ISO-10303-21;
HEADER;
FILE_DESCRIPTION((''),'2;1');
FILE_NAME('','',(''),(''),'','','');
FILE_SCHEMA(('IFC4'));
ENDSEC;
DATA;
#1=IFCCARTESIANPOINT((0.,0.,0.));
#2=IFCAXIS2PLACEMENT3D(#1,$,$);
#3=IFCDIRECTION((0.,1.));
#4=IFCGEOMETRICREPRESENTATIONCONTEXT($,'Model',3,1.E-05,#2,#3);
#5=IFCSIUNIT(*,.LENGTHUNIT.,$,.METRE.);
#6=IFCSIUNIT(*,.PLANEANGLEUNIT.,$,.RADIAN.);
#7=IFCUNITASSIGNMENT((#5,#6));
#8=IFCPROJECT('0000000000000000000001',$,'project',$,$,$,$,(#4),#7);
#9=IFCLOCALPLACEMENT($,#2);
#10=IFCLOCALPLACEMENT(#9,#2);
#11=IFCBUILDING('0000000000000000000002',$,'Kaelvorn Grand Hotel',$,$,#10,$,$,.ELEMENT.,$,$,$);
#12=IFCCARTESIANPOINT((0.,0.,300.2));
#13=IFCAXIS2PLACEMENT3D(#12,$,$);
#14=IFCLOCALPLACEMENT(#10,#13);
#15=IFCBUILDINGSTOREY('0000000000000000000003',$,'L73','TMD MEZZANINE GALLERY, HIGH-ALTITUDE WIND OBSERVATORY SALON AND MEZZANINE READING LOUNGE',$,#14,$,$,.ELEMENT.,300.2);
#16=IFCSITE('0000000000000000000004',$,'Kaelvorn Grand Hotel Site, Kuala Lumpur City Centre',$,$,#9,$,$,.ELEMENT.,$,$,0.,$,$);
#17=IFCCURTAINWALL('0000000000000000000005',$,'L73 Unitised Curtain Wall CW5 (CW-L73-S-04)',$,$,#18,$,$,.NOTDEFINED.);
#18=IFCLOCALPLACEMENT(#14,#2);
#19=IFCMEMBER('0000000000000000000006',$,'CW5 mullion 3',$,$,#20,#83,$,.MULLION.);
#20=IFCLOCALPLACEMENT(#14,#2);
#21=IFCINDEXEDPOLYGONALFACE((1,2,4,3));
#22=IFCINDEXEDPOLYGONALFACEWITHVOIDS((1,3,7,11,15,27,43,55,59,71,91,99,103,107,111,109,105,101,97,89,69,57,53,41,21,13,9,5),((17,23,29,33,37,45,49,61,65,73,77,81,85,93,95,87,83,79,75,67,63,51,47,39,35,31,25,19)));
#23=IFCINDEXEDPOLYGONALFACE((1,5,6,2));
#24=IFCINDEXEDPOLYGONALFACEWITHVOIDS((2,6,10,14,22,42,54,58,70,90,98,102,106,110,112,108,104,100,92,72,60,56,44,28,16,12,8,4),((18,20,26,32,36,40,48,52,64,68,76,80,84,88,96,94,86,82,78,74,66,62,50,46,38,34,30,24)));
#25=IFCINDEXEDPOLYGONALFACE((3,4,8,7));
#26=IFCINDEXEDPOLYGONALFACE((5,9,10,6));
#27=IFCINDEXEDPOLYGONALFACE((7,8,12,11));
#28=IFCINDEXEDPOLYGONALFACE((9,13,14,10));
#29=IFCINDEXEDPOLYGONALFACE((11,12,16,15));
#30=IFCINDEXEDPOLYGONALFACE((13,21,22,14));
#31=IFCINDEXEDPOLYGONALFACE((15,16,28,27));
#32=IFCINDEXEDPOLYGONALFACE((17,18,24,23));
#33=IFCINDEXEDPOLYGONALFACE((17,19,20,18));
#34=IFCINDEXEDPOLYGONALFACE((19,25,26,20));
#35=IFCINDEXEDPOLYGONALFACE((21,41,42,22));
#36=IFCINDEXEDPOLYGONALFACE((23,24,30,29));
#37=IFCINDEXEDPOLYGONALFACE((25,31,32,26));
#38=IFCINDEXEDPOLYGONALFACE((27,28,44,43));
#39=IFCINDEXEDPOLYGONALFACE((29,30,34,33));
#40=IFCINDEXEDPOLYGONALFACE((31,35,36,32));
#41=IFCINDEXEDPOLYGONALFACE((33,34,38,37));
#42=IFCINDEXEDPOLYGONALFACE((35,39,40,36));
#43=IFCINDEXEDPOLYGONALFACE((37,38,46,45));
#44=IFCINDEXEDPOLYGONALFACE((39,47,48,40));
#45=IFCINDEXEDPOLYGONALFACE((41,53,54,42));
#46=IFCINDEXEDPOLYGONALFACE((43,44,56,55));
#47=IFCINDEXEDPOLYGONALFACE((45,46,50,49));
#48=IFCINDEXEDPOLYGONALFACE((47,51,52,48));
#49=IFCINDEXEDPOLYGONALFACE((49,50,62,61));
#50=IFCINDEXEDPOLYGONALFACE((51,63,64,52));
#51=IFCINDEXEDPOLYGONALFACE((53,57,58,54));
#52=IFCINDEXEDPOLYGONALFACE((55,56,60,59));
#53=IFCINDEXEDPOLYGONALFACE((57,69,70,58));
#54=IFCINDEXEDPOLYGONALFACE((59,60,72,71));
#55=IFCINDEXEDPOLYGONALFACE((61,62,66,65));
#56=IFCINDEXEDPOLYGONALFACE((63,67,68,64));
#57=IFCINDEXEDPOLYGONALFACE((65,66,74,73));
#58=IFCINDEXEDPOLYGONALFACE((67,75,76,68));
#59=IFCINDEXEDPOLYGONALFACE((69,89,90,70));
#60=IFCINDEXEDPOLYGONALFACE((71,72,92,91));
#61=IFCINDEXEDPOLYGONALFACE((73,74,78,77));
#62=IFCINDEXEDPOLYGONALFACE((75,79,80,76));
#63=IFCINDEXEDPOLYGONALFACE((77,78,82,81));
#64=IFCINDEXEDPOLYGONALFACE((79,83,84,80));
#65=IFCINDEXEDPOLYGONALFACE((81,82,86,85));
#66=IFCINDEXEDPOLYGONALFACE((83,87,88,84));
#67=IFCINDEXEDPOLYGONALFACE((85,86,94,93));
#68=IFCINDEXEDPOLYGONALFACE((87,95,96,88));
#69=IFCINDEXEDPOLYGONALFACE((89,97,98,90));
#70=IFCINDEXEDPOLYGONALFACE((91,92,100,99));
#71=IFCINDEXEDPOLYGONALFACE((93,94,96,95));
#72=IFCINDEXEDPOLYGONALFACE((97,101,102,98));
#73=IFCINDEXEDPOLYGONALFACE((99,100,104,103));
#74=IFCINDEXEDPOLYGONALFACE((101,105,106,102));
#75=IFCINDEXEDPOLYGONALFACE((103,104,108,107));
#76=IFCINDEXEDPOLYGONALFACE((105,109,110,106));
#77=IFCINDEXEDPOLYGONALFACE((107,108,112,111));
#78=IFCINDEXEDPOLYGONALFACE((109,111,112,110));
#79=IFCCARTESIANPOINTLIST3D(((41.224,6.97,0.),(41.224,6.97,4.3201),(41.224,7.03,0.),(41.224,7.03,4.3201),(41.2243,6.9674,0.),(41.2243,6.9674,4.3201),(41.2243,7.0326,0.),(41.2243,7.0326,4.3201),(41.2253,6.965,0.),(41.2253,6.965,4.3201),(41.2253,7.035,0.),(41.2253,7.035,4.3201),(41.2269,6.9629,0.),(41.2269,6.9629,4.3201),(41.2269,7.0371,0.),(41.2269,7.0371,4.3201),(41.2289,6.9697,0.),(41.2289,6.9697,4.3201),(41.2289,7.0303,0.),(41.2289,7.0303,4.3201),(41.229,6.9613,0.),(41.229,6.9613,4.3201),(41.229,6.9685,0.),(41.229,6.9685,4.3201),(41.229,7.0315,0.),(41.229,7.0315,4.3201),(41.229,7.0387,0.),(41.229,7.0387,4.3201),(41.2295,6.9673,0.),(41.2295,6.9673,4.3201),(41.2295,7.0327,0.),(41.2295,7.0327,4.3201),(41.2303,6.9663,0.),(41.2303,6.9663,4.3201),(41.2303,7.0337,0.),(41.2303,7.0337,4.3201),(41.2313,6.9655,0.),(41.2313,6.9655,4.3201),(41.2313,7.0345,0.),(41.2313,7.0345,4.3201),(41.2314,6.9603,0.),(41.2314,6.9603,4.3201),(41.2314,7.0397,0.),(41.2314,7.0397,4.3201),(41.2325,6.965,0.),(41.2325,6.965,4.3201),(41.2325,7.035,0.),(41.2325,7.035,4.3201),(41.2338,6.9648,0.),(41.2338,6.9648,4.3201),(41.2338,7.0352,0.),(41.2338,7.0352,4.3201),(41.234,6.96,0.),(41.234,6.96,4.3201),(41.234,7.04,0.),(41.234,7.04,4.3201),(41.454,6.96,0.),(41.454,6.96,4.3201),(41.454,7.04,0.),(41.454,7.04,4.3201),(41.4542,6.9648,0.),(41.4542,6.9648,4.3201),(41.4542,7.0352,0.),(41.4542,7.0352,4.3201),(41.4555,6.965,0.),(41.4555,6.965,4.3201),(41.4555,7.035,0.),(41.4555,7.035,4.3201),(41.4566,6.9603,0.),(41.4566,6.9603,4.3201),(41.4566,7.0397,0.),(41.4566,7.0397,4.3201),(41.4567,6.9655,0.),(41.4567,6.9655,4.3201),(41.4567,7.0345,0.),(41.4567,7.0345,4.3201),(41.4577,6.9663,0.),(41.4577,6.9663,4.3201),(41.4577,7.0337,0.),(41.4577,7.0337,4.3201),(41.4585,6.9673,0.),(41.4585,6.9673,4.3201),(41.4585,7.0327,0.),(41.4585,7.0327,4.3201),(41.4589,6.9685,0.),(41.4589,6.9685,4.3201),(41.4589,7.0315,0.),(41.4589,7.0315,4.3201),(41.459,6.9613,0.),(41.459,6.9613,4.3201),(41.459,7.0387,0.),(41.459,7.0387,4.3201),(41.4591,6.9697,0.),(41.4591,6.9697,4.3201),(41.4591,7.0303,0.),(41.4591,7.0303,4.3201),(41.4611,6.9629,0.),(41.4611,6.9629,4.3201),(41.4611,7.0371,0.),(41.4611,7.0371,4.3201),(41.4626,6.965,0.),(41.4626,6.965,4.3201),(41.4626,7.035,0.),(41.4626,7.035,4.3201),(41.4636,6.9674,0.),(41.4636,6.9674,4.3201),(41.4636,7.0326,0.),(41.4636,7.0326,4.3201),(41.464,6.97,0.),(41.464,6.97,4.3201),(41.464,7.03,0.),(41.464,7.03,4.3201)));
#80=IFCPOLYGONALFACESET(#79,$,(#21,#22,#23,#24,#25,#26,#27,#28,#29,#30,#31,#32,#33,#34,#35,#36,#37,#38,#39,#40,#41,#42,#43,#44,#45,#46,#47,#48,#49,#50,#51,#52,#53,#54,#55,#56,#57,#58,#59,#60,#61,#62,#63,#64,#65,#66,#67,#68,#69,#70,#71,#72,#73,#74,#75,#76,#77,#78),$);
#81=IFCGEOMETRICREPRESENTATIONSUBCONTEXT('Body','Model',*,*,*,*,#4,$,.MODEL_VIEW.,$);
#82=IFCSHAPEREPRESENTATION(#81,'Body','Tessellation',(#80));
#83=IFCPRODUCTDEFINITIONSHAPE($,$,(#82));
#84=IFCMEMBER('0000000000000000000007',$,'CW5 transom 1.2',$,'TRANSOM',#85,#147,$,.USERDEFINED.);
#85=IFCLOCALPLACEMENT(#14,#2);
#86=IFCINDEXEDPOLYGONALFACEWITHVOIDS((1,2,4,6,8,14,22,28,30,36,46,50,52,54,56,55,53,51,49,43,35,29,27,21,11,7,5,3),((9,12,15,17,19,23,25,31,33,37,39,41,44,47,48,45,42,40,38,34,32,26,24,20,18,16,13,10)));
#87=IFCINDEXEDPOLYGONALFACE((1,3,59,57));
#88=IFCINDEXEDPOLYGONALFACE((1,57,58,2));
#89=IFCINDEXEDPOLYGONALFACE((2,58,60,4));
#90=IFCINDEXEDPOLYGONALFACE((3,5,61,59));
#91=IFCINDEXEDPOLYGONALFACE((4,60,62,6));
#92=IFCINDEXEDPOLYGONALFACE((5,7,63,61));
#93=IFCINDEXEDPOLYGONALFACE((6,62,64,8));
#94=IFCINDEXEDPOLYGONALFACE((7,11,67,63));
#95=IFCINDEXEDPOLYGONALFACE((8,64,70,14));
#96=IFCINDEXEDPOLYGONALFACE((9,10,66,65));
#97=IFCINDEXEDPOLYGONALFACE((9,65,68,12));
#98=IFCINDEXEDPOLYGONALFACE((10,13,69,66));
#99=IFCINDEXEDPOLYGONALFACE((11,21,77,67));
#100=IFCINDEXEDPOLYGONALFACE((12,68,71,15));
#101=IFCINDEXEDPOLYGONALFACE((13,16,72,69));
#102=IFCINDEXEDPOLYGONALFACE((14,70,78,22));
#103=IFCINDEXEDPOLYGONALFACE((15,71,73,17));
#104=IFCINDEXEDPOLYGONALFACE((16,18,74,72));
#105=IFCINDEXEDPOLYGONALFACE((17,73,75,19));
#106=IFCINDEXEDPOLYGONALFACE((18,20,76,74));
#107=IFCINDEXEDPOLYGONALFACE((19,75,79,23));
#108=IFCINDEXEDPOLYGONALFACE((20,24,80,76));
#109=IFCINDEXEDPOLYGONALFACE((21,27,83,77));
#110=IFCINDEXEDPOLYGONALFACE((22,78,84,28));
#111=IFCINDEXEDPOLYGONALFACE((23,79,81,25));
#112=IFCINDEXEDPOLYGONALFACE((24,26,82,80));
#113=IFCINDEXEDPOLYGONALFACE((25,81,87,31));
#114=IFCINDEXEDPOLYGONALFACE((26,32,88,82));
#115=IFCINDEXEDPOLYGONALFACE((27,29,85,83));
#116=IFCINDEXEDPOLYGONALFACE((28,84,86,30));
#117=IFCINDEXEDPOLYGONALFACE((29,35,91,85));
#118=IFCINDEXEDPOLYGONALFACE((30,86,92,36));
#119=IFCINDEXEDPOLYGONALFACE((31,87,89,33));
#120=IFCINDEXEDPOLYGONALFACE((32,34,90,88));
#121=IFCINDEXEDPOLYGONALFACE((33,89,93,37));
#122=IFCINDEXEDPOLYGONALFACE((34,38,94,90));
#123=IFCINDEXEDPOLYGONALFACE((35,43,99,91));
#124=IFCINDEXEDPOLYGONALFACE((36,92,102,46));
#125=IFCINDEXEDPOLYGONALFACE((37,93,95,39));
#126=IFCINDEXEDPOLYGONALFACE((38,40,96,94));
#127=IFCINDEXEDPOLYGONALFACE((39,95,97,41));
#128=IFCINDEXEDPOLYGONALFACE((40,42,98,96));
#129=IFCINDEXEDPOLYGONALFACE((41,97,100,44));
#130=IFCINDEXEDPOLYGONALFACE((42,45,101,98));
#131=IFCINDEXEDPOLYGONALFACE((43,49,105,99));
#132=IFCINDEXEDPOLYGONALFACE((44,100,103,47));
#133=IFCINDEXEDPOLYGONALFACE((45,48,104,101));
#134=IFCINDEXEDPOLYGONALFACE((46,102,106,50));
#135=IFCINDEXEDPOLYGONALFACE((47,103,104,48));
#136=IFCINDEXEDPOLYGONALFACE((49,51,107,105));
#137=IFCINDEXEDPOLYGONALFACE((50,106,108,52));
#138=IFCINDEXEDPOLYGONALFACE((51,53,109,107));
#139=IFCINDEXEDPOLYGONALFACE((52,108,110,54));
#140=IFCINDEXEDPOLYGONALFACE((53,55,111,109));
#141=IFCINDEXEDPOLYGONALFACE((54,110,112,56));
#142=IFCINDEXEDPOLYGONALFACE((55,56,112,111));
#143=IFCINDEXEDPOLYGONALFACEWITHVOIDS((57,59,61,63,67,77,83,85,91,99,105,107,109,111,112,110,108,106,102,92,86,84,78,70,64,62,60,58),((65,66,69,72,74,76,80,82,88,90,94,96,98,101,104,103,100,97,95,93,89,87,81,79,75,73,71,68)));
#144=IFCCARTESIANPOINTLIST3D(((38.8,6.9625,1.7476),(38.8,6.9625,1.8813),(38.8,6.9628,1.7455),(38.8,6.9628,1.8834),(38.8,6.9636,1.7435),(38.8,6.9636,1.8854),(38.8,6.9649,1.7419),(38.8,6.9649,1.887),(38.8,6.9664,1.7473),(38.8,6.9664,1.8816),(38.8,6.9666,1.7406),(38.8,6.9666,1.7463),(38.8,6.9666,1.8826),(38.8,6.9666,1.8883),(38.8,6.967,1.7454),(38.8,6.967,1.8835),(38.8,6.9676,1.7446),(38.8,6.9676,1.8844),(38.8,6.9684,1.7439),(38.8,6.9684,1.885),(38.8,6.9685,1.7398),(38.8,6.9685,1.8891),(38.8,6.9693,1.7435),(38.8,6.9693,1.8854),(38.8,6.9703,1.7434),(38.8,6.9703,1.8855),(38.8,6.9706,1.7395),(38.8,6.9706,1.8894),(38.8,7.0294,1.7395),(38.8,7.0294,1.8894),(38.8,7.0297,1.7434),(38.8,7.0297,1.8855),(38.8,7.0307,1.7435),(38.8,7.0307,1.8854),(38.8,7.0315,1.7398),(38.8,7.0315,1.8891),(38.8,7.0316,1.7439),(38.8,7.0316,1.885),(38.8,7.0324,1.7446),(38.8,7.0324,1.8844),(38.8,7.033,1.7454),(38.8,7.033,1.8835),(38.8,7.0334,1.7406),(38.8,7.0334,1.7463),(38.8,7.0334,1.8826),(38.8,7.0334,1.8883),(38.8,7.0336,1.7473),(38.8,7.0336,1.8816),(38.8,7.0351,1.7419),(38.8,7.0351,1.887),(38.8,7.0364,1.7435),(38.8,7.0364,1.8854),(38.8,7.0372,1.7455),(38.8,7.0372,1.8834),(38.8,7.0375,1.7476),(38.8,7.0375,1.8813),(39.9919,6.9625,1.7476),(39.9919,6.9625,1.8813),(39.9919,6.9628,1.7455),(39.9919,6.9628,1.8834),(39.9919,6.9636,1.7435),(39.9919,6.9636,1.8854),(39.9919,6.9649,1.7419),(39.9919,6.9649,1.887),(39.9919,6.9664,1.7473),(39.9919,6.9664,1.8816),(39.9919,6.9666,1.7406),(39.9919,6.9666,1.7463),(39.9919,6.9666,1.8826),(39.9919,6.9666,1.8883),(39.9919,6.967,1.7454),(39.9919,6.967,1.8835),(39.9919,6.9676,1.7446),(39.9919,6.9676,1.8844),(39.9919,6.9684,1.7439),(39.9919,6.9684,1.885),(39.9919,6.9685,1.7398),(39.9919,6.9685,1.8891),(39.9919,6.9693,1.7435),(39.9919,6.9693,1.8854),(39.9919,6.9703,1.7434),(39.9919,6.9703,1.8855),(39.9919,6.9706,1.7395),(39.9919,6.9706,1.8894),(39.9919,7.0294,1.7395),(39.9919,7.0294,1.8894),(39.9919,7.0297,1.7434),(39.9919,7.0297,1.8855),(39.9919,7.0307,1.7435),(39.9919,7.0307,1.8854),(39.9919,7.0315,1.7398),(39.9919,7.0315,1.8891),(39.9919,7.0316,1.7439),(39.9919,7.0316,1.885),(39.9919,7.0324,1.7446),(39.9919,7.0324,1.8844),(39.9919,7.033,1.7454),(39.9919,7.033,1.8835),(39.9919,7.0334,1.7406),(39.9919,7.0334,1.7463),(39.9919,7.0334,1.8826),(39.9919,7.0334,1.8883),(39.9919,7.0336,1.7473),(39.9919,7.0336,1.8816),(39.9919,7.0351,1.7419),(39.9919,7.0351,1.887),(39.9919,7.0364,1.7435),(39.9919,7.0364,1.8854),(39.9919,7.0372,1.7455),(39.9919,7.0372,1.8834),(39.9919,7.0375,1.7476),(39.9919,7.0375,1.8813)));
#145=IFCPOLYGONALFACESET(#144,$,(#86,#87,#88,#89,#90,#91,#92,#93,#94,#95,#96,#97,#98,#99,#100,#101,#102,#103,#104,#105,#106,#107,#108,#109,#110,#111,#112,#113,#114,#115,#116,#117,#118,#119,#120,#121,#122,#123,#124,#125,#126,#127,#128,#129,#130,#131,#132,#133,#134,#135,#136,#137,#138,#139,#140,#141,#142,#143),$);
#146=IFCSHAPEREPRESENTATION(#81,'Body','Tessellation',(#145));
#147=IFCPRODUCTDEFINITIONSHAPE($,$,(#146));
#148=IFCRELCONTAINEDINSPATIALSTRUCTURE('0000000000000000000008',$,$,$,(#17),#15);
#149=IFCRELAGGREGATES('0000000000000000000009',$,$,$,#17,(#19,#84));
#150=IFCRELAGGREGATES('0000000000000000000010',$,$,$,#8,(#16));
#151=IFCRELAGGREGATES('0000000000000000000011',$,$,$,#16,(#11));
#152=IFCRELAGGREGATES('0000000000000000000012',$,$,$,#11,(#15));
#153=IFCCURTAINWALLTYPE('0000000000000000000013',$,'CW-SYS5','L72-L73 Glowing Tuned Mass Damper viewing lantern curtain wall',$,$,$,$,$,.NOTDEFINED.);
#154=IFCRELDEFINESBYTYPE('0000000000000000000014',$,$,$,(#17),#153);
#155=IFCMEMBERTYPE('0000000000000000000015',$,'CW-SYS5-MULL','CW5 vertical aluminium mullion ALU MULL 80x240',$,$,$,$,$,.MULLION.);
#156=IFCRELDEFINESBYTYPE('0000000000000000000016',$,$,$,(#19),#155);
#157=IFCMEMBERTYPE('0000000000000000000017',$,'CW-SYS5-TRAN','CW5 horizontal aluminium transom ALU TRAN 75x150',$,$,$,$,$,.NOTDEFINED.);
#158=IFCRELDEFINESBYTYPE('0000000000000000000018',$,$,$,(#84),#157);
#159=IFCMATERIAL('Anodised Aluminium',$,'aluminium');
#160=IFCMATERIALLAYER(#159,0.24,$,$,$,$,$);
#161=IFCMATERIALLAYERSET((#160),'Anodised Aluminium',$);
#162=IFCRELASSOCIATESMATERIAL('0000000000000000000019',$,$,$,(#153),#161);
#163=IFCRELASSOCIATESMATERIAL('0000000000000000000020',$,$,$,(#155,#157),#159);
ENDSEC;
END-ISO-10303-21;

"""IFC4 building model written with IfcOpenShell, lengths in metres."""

from ifc_helpers import new_model, si_unit, direction, frame, origin, origin_2d, place, context, subcontext, project, spatial, hollow_rectangle, extrude, material, layer, layer_set, material_profile, profile_set, type_object, element, aggregate, save


model = new_model("IFC4")

# Units and contexts
model_context = context("Model", 3, precision=1e-05, world=origin(), true_north=direction((0.0, 1.0)))
body_context = subcontext(model_context, "Body", "Model", "MODEL_VIEW")
ifc_project = project(units=[si_unit("LENGTHUNIT", "METRE"), si_unit("PLANEANGLEUNIT", "RADIAN")], contexts=[model_context])

# Site, building, storey
site_placement = place(None, origin())
site = spatial("IfcSite", under=ifc_project, at=site_placement, Name="Kaelvorn Grand Hotel Site, Kuala Lumpur City Centre", CompositionType="ELEMENT", RefElevation=0.0)
building_placement = place(site_placement, origin())
building = spatial("IfcBuilding", under=site, at=building_placement, Name="Kaelvorn Grand Hotel", CompositionType="ELEMENT")
storey_placement = place(building_placement, frame((0.0, 0.0, 300.2)))
storey = spatial("IfcBuildingStorey", under=building, at=storey_placement, Name="L73", Description="TMD MEZZANINE GALLERY, HIGH-ALTITUDE WIND OBSERVATORY SALON AND MEZZANINE READING LOUNGE", CompositionType="ELEMENT", Elevation=300.2)

# Curtain wall, members
ifc_material_1 = material(Name="Anodised Aluminium", Category="aluminium")
ifc_layer_1 = layer(ifc_material_1, 0.24)
ifc_layer_set_1 = layer_set([ifc_layer_1], Name="Anodised Aluminium")
curtain_wall_type = type_object("IfcCurtainWallType", Name="CW-SYS5", Description="L72-L73 Glowing Tuned Mass Damper viewing lantern curtain wall", PredefinedType="NOTDEFINED", material=ifc_layer_set_1)
curtain_wall_placement = place(storey_placement, origin())
curtain_wall = element("IfcCurtainWall", 1, at=curtain_wall_placement, inside=storey, type_object=curtain_wall_type, Name="L73 Unitised Curtain Wall CW5 (CW-L73-S-04)", PredefinedType="NOTDEFINED")
ifc_material_profile_1 = material_profile(ifc_material_1, hollow_rectangle(XDim=0.0801, YDim=0.24, WallThickness=0.0049, InnerFilletRadius=0.0049, OuterFilletRadius=0.01, at=origin_2d()), Name="ALU MULL 80x240")
ifc_profile_set_1 = profile_set([ifc_material_profile_1], Name="Anodised Aluminium")
member_type_1 = type_object("IfcMemberType", Name="CW-SYS5-MULL", Description="CW5 vertical aluminium mullion ALU MULL 80x240", PredefinedType="MULLION", material=ifc_profile_set_1)
member_1_placement = place(storey_placement, frame((41.344, 7.0, 0.0), z_axis=(0.0, 0.0, 1.0), x_axis=(0.0, 1.0, 0.0)))
member_1 = element("IfcMember", 2, at=member_1_placement, type_object=member_type_1, Name="CW5 mullion 3", PredefinedType="MULLION", context=body_context, shape_type="SweptSolid", body=[
    extrude(hollow_rectangle(XDim=0.0801, YDim=0.24, WallThickness=0.0049, InnerFilletRadius=0.0049, OuterFilletRadius=0.01, at=origin_2d()), origin(), (0.0, 0.0, 1.0), 4.3201),
])
ifc_material_profile_2 = material_profile(ifc_material_1, hollow_rectangle(XDim=0.075, YDim=0.1499, WallThickness=0.0039, InnerFilletRadius=0.0039, OuterFilletRadius=0.0081, at=origin_2d()), Name="ALU TRAN 75x150")
ifc_profile_set_2 = profile_set([ifc_material_profile_2], Name="Anodised Aluminium")
member_type_2 = type_object("IfcMemberType", Name="CW-SYS5-TRAN", Description="CW5 horizontal aluminium transom ALU TRAN 75x150", PredefinedType="NOTDEFINED", material=ifc_profile_set_2)
member_2_placement = place(storey_placement, frame((38.8, 7.0, 1.8145), z_axis=(1.0, 0.0, 0.0), x_axis=(0.0, 1.0, 0.0)))
member_2 = element("IfcMember", 3, at=member_2_placement, type_object=member_type_2, Name="CW5 transom 1.2", ObjectType="TRANSOM", PredefinedType="USERDEFINED", context=body_context, shape_type="SweptSolid", body=[
    extrude(hollow_rectangle(XDim=0.075, YDim=0.1499, WallThickness=0.0039, InnerFilletRadius=0.0039, OuterFilletRadius=0.0081, at=origin_2d()), origin(), (0.0, 0.0, 1.0), 1.1919),
])
aggregate(curtain_wall, [member_1, member_2])

save(model, "model.ifc")
